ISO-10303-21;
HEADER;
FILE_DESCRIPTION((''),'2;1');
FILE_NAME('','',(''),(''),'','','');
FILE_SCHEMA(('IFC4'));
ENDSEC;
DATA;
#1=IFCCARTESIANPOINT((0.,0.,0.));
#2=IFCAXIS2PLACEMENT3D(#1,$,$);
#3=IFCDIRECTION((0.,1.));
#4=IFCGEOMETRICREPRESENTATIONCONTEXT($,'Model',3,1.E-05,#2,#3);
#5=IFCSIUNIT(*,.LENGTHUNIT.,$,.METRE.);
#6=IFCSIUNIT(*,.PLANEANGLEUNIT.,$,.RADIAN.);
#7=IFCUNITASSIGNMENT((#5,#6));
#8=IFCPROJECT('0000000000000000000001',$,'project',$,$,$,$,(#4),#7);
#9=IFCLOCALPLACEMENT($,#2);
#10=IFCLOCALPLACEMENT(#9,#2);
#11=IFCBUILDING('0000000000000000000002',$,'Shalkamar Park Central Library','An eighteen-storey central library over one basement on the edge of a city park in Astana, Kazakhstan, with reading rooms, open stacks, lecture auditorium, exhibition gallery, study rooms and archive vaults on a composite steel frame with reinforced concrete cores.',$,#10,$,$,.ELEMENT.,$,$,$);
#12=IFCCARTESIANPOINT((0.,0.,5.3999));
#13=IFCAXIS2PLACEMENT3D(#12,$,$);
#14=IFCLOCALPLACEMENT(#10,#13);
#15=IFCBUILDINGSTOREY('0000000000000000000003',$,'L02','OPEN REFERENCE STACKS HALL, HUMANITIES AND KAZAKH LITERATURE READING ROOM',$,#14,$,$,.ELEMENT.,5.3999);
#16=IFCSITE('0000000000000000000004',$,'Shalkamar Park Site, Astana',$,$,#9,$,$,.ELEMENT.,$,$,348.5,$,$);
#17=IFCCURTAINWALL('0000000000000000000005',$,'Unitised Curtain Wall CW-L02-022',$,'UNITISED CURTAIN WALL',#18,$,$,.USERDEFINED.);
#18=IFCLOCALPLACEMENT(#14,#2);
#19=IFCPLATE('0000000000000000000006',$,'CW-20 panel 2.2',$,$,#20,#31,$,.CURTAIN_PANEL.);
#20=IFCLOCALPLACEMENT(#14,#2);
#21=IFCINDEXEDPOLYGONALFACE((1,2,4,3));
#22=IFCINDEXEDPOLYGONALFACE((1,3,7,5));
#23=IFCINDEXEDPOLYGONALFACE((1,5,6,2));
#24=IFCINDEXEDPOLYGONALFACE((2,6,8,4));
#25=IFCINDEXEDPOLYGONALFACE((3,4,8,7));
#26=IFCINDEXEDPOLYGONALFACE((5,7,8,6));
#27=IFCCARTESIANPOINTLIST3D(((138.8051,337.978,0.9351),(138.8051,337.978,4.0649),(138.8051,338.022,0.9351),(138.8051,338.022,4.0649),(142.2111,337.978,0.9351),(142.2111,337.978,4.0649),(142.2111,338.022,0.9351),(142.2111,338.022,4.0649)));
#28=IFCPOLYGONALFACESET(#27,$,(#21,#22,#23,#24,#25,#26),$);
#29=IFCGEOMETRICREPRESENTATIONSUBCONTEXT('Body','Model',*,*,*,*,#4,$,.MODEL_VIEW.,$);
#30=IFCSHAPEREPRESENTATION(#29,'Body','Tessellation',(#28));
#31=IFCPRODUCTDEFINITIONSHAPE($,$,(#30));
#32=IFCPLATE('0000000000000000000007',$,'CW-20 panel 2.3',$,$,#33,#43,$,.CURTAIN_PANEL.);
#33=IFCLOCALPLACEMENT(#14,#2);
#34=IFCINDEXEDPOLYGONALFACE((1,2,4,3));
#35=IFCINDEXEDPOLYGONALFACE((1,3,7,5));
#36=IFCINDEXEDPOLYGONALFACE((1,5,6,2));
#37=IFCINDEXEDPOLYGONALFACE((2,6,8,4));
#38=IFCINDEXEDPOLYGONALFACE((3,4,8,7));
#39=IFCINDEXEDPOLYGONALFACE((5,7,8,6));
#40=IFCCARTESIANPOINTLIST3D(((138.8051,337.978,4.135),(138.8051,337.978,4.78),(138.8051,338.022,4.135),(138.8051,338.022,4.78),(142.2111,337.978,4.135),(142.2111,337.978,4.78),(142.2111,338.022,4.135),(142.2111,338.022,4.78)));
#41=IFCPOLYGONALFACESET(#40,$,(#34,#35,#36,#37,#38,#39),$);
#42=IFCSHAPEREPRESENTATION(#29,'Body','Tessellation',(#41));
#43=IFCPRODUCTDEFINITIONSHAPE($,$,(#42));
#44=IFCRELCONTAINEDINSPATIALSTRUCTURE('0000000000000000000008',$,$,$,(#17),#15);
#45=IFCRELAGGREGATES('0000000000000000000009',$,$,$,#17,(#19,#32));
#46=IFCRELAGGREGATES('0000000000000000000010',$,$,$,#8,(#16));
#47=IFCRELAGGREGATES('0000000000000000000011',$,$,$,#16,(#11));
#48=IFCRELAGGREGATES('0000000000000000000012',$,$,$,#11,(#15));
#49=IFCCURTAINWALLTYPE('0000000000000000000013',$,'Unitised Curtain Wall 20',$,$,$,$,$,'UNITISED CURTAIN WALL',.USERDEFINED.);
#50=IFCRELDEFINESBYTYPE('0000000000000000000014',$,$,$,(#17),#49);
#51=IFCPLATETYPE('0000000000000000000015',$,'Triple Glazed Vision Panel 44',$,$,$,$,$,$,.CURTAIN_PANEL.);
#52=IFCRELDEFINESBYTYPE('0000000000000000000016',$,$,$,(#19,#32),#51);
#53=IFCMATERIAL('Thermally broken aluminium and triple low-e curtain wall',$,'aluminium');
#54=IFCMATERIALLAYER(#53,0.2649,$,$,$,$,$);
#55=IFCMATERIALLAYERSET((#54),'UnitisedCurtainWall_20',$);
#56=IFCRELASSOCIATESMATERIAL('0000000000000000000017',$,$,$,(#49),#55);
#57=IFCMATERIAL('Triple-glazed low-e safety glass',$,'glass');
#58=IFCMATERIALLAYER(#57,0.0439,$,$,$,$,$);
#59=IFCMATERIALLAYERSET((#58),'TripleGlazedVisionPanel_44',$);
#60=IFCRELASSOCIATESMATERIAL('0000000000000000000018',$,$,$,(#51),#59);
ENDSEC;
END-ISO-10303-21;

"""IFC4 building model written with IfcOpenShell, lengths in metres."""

from ifc_helpers import new_model, si_unit, direction, frame, origin, origin_2d, place, context, subcontext, project, spatial, rectangle, extrude, material, layer, layer_set, type_object, element, aggregate, save


model = new_model("IFC4")

# Units and contexts
model_context = context("Model", 3, precision=1e-05, world=origin(), true_north=direction((0.0, 1.0)))
body_context = subcontext(model_context, "Body", "Model", "MODEL_VIEW")
ifc_project = project(units=[si_unit("LENGTHUNIT", "METRE"), si_unit("PLANEANGLEUNIT", "RADIAN")], contexts=[model_context])

# Site, building, storey
site_placement = place(None, origin())
site = spatial("IfcSite", under=ifc_project, at=site_placement, Name="Shalkamar Park Site, Astana", CompositionType="ELEMENT", RefElevation=348.5)
building_placement = place(site_placement, origin())
building = spatial("IfcBuilding", under=site, at=building_placement, Name="Shalkamar Park Central Library", Description="An eighteen-storey central library over one basement on the edge of a city park in Astana, Kazakhstan, with reading rooms, open stacks, lecture auditorium, exhibition gallery, study rooms and archive vaults on a composite steel frame with reinforced concrete cores.", CompositionType="ELEMENT")
storey_placement = place(building_placement, frame((0.0, 0.0, 5.3999)))
storey = spatial("IfcBuildingStorey", under=building, at=storey_placement, Name="L02", Description="OPEN REFERENCE STACKS HALL, HUMANITIES AND KAZAKH LITERATURE READING ROOM", CompositionType="ELEMENT", Elevation=5.3999)

# Curtain wall
ifc_material_1 = material(Name="Thermally broken aluminium and triple low-e curtain wall", Category="aluminium")
ifc_layer_1 = layer(ifc_material_1, 0.2649)
ifc_layer_set_1 = layer_set([ifc_layer_1], Name="UnitisedCurtainWall_20")
curtain_wall_type_1 = type_object("IfcCurtainWallType", Name="Unitised Curtain Wall 20", ElementType="UNITISED CURTAIN WALL", PredefinedType="USERDEFINED", material=ifc_layer_set_1)
curtain_wall_1_placement = place(storey_placement, origin())
curtain_wall_1 = element("IfcCurtainWall", 1, at=curtain_wall_1_placement, inside=storey, type_object=curtain_wall_type_1, Name="Unitised Curtain Wall CW-L02-022", ObjectType="UNITISED CURTAIN WALL", PredefinedType="USERDEFINED")

# Plates
ifc_material_2 = material(Name="Triple-glazed low-e safety glass", Category="glass")
ifc_layer_2 = layer(ifc_material_2, 0.0439)
ifc_layer_set_2 = layer_set([ifc_layer_2], Name="TripleGlazedVisionPanel_44")
plate_type_1 = type_object("IfcPlateType", Name="Triple Glazed Vision Panel 44", PredefinedType="CURTAIN_PANEL", material=ifc_layer_set_2)
plate_1_placement = place(storey_placement, frame((140.5081, 338.0, 0.9351), z_axis=(0.0, 0.0, 1.0), x_axis=(1.0, 0.0, 0.0)))
plate_1 = element("IfcPlate", 2, at=plate_1_placement, type_object=plate_type_1, Name="CW-20 panel 2.2", PredefinedType="CURTAIN_PANEL", context=body_context, shape_type="SweptSolid", body=[
    extrude(rectangle(XDim=3.406, YDim=0.0439, at=origin_2d()), origin(), (0.0, 0.0, 1.0), 3.1299),
])
plate_2_placement = place(storey_placement, frame((140.5081, 338.0, 4.135), z_axis=(0.0, 0.0, 1.0), x_axis=(1.0, 0.0, 0.0)))
plate_2 = element("IfcPlate", 3, at=plate_2_placement, type_object=plate_type_1, Name="CW-20 panel 2.3", PredefinedType="CURTAIN_PANEL", context=body_context, shape_type="SweptSolid", body=[
    extrude(rectangle(XDim=3.406, YDim=0.0439, at=origin_2d()), origin(), (0.0, 0.0, 1.0), 0.645),
])
aggregate(curtain_wall_1, [plate_1, plate_2])

save(model, "model.ifc")
